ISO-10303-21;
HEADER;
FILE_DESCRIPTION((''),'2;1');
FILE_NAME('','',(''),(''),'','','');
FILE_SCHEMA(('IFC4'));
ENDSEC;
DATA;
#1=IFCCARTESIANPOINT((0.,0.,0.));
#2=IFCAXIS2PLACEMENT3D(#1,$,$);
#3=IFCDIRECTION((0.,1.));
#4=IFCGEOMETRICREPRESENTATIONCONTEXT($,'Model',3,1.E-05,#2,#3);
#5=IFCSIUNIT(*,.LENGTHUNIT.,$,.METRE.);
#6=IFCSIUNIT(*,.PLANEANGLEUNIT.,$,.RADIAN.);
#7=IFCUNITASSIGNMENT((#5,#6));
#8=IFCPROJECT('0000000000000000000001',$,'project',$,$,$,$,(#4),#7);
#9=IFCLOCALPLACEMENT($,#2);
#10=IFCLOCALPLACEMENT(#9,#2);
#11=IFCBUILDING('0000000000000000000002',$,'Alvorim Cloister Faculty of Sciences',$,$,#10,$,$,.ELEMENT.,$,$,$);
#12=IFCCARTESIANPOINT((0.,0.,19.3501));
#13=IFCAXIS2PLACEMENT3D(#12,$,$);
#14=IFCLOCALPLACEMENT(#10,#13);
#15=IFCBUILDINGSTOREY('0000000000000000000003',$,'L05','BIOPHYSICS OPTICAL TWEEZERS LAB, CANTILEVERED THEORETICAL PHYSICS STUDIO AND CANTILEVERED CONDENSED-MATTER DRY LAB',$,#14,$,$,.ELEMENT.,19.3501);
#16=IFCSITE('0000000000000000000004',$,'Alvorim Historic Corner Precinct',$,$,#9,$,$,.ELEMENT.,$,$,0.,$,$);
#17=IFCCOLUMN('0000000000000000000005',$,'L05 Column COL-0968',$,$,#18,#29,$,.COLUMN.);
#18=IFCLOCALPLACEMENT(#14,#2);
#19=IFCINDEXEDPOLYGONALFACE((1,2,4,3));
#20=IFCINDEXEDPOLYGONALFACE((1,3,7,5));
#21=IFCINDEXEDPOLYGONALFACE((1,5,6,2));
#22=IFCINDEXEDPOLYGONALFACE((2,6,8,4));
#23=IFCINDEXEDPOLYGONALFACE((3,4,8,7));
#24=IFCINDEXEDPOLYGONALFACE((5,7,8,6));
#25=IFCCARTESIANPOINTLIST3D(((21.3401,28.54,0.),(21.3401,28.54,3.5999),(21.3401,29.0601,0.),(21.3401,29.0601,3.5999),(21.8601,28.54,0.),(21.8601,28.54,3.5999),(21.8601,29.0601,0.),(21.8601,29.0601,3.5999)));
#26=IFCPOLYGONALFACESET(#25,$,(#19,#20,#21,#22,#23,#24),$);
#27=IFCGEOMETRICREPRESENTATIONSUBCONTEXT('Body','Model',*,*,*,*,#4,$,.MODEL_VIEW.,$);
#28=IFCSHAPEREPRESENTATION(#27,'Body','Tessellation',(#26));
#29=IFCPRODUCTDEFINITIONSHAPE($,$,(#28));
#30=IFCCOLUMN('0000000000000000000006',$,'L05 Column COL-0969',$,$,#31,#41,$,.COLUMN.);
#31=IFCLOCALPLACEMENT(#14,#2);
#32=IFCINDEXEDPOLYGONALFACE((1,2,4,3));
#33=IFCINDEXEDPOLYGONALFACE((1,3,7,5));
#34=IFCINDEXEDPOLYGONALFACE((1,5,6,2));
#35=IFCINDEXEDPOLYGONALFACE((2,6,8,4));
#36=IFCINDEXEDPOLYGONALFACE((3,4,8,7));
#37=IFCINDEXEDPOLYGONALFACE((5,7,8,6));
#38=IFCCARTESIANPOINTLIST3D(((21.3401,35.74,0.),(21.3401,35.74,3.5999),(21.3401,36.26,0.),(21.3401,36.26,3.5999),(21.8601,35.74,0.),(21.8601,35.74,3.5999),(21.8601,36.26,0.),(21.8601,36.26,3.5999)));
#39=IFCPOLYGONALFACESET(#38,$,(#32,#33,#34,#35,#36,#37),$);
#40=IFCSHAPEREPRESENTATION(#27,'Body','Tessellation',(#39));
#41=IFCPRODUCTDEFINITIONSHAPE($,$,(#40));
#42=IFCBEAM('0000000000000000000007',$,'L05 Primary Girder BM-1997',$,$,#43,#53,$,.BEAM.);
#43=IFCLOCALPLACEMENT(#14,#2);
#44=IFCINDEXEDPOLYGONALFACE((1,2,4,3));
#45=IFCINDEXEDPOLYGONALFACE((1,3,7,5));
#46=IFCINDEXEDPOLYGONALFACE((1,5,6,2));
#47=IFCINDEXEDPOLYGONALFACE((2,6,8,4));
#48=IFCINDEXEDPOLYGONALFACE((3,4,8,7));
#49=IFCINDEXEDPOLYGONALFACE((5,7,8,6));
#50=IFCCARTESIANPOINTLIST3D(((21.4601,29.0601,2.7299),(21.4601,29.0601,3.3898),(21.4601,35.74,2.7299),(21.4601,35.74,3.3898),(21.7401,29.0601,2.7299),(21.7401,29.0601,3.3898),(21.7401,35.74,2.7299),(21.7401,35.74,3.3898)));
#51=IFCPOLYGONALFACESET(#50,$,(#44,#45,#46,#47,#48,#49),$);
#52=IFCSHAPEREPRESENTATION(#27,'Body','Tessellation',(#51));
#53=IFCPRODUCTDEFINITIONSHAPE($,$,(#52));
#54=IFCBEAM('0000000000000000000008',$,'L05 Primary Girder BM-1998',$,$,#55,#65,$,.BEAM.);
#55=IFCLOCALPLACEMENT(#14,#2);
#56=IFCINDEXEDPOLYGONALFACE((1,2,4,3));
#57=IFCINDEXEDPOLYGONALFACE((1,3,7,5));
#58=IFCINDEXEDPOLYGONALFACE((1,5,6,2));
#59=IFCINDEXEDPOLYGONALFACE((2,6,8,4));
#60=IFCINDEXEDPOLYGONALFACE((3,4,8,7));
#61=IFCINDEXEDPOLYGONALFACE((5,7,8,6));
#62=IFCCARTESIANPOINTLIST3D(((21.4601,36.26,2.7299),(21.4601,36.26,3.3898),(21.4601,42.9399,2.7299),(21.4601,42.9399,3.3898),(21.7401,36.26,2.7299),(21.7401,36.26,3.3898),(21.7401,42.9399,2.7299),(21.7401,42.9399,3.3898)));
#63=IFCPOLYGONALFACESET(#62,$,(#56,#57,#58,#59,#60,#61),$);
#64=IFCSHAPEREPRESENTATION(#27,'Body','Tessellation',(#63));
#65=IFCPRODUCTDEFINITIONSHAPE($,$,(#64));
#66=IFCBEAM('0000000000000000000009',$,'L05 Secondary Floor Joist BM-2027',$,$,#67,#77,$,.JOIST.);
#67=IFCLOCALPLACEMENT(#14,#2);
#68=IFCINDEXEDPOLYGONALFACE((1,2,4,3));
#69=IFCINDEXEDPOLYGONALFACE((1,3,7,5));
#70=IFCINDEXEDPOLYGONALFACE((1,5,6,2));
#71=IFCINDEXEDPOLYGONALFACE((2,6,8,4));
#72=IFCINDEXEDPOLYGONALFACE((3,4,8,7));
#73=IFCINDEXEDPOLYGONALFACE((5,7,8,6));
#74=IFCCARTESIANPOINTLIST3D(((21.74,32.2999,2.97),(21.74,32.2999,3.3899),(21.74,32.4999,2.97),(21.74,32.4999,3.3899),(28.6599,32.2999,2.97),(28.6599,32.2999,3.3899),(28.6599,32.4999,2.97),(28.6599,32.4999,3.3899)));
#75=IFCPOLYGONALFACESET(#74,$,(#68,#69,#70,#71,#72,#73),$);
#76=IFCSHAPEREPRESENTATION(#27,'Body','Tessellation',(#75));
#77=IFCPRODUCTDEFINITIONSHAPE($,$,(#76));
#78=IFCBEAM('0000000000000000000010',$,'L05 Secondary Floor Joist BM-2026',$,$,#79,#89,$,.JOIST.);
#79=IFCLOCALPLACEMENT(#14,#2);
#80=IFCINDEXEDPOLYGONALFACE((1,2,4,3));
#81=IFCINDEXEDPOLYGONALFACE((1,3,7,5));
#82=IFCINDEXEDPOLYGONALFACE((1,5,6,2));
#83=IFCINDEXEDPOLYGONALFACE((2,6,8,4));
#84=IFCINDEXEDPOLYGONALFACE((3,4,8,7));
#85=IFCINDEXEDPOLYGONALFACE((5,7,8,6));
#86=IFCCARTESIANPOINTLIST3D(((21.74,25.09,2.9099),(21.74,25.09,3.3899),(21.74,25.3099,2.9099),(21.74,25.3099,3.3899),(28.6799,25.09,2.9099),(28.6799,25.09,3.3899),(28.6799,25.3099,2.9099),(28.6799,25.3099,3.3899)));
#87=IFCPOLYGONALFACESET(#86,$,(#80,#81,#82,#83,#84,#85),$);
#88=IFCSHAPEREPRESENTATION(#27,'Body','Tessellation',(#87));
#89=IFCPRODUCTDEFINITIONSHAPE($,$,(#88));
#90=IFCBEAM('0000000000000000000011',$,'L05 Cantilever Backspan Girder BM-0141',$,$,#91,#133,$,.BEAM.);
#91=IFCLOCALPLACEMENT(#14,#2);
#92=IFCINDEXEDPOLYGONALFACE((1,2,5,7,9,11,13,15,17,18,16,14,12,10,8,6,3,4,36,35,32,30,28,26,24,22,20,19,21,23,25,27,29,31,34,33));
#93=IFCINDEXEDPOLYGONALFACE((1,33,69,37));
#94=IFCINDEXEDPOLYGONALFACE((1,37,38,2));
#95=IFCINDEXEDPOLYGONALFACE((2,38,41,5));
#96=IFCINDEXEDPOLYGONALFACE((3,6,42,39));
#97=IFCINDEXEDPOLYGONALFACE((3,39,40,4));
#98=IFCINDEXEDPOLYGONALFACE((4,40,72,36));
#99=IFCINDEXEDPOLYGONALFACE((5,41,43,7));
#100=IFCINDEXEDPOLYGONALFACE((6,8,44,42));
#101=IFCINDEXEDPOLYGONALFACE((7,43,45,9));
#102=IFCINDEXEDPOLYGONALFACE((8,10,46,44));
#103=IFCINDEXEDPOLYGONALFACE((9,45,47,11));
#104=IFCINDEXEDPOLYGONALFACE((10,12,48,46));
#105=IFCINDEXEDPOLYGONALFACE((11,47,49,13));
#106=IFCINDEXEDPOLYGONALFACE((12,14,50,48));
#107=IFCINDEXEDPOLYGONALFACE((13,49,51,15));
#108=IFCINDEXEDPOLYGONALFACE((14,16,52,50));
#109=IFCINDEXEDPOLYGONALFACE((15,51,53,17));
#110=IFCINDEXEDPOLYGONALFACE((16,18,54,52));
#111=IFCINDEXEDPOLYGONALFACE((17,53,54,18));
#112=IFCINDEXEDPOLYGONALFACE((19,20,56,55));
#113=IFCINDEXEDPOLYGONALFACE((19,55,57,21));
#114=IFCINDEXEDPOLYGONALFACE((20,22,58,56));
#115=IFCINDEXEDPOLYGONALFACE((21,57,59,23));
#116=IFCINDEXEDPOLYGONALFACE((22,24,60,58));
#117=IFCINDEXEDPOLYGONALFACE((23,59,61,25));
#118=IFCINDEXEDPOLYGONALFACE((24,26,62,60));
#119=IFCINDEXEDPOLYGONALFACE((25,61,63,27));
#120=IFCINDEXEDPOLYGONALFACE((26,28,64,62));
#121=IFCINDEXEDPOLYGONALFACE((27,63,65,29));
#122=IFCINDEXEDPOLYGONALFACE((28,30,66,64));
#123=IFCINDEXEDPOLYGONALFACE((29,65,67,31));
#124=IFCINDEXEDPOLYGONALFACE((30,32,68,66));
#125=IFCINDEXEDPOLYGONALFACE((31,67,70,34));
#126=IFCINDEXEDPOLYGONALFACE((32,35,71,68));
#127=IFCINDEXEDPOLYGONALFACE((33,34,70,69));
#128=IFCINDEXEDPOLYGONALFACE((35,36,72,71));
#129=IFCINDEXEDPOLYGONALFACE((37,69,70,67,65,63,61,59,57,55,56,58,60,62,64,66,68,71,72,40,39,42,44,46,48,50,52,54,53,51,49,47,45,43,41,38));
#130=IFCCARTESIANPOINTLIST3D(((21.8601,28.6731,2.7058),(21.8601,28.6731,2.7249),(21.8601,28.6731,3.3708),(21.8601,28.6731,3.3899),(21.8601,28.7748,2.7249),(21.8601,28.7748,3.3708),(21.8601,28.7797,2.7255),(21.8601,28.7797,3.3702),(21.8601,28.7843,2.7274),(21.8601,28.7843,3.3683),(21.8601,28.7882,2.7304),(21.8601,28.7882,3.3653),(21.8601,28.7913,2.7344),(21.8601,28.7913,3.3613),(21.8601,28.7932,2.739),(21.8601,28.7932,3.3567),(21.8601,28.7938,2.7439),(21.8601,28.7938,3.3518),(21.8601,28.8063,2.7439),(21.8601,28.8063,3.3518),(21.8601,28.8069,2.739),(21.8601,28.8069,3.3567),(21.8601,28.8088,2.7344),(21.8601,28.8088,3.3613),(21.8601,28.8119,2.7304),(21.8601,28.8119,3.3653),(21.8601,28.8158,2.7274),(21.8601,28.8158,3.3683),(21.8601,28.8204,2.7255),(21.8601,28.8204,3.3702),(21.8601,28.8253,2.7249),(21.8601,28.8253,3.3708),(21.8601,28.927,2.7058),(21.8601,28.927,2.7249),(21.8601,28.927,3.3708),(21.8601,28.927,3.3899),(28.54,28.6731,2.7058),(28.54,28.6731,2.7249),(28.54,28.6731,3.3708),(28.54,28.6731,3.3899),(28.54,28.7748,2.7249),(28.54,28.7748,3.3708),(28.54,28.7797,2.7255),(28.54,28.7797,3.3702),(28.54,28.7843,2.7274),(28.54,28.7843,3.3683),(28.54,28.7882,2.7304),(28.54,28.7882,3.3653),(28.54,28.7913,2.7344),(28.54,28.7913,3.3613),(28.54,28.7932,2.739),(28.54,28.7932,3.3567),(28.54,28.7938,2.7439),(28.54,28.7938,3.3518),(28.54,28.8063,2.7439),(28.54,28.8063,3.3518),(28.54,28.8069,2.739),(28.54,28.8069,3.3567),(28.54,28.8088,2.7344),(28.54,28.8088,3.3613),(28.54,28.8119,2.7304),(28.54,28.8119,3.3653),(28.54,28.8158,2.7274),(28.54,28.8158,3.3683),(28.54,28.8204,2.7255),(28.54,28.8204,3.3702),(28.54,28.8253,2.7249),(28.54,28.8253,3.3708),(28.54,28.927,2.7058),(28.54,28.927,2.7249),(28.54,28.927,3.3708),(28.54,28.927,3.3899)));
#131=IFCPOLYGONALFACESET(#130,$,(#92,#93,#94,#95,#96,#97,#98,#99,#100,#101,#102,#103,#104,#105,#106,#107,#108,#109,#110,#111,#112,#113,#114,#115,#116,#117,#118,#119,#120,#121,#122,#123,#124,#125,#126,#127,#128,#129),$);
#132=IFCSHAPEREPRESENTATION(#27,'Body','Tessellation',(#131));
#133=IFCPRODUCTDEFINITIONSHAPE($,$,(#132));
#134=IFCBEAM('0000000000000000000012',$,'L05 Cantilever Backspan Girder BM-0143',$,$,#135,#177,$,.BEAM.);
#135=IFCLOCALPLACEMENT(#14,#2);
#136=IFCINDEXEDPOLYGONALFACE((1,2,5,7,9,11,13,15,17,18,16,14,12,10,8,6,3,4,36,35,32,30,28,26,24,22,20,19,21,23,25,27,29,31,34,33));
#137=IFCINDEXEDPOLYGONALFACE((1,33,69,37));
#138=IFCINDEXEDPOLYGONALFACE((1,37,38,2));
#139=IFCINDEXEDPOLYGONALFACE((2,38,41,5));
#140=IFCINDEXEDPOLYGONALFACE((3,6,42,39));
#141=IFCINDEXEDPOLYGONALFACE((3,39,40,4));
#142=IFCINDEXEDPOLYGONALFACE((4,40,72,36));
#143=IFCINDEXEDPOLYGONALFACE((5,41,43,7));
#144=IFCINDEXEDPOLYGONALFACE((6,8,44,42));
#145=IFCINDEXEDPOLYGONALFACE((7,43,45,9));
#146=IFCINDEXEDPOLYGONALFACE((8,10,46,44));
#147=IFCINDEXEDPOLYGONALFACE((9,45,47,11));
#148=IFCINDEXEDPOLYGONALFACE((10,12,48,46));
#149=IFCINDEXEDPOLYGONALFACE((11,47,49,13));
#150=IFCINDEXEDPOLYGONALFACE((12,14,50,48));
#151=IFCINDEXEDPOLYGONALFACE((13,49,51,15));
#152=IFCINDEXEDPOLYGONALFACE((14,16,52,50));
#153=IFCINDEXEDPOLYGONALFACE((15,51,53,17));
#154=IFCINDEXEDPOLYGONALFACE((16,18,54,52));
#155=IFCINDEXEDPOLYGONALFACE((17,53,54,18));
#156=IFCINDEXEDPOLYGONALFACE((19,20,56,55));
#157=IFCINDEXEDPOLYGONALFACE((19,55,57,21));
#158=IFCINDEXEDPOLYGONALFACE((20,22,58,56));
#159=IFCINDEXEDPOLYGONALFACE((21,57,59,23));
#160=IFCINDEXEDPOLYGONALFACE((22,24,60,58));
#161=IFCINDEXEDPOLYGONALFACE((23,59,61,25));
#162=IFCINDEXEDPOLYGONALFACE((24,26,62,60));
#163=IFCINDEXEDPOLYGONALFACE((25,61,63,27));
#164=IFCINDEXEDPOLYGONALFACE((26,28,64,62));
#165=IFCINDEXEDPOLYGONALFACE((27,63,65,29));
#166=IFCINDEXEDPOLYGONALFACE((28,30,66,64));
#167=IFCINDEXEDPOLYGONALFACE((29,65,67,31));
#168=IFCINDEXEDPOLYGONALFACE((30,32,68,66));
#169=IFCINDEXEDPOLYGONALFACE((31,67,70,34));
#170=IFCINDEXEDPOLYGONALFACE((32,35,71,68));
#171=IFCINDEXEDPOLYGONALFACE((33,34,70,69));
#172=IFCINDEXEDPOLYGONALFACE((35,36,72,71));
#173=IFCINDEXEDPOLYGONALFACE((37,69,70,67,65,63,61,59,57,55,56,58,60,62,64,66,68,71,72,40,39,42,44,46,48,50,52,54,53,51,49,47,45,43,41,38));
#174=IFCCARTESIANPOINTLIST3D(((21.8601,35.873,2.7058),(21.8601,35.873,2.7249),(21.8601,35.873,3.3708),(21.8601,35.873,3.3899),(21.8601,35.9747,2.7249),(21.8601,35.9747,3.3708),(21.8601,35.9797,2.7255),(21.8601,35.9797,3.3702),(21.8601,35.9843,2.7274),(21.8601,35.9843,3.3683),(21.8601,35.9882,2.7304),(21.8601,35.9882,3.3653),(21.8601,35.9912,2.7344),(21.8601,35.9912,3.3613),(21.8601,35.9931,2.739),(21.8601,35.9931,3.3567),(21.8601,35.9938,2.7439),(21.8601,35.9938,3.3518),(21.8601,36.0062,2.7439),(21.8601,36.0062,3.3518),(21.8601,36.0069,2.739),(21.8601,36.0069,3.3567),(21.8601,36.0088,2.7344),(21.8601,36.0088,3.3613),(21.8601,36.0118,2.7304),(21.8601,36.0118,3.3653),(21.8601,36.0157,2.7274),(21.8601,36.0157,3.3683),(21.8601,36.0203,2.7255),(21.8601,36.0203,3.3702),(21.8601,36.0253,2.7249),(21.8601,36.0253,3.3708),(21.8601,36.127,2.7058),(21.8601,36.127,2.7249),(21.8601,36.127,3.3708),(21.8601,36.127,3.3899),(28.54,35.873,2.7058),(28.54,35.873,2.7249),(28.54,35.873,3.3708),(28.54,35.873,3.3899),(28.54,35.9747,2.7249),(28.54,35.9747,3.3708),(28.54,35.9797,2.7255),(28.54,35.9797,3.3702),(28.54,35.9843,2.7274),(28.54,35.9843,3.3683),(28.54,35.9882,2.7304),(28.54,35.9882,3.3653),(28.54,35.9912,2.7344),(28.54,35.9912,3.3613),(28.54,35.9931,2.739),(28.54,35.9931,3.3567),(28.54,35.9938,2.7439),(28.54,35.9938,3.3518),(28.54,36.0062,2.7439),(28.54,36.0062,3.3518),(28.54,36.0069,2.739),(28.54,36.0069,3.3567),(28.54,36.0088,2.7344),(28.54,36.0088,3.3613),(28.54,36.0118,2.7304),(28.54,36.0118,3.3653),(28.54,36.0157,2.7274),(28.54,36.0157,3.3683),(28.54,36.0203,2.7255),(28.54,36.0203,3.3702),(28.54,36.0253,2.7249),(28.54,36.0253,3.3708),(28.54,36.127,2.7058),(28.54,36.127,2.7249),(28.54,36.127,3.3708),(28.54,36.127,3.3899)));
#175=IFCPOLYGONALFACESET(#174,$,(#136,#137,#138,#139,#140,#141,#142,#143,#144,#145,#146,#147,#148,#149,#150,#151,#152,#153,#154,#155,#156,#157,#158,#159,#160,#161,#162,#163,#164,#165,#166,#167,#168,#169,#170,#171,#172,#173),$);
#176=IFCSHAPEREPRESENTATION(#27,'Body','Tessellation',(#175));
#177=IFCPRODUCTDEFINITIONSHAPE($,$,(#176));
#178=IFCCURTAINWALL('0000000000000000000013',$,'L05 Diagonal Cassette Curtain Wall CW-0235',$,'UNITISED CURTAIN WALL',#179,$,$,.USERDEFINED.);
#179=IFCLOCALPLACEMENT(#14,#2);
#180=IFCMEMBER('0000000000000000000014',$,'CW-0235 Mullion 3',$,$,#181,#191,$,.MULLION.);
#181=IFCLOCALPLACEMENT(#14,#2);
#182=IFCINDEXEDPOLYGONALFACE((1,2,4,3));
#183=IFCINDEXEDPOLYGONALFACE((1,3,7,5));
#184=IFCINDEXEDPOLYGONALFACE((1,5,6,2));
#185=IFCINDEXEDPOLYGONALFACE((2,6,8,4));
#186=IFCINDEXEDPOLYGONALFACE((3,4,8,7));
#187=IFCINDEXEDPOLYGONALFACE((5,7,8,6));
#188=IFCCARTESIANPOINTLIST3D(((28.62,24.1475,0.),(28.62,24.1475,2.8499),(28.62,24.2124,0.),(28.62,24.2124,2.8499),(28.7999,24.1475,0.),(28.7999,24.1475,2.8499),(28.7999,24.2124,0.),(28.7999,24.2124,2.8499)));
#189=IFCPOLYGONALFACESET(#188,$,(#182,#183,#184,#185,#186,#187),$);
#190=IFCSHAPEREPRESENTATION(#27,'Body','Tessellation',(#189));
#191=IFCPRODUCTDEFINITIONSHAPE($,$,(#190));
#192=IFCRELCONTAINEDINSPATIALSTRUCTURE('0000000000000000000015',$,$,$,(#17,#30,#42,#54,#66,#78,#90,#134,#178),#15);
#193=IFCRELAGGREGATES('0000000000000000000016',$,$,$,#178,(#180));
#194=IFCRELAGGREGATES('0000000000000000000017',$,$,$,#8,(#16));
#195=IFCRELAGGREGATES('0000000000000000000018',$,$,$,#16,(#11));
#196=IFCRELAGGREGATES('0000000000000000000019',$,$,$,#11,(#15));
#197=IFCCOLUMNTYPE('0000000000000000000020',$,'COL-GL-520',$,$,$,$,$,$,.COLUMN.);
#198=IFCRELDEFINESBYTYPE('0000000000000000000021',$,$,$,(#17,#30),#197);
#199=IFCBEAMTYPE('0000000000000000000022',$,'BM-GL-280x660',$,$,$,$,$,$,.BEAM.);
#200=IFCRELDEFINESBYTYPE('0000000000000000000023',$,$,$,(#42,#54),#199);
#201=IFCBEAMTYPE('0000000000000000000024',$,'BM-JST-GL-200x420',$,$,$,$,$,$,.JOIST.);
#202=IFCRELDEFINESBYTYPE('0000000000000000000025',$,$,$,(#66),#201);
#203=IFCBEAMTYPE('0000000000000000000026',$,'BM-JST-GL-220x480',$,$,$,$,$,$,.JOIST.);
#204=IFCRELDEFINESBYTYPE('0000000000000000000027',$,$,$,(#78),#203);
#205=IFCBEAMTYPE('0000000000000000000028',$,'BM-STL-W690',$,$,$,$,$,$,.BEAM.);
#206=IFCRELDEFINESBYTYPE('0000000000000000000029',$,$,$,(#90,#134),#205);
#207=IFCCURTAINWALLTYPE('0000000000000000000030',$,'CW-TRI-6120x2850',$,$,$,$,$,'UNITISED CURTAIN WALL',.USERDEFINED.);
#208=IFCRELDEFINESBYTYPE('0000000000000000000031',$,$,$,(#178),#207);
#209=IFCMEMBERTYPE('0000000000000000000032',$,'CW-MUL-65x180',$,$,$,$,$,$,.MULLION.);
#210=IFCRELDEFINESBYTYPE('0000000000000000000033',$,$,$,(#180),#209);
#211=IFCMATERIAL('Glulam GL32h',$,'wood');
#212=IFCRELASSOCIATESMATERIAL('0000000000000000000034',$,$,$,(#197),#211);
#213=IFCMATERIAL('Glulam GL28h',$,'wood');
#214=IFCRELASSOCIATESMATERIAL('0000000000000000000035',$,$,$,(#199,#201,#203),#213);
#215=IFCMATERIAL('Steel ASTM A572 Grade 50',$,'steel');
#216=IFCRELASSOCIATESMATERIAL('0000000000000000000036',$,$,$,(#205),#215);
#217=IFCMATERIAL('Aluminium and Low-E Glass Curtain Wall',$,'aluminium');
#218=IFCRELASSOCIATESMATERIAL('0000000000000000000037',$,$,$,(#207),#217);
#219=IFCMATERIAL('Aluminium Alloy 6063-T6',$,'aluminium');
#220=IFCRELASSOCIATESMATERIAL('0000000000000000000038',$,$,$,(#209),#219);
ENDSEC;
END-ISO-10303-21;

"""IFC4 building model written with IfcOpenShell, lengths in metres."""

from ifc_helpers import new_model, si_unit, direction, frame, origin, origin_2d, place, context, subcontext, project, spatial, rectangle, i_section, extrude, material, material_profile, profile_set, type_object, element, aggregate, save


model = new_model("IFC4")

# Units and contexts
model_context = context("Model", 3, precision=1e-05, world=origin(), true_north=direction((0.0, 1.0)))
body_context = subcontext(model_context, "Body", "Model", "MODEL_VIEW")
ifc_project = project(units=[si_unit("LENGTHUNIT", "METRE"), si_unit("PLANEANGLEUNIT", "RADIAN")], contexts=[model_context])

# Site, building, storey
site_placement = place(None, origin())
site = spatial("IfcSite", under=ifc_project, at=site_placement, Name="Alvorim Historic Corner Precinct", CompositionType="ELEMENT", RefElevation=0.0)
building_placement = place(site_placement, origin())
building = spatial("IfcBuilding", under=site, at=building_placement, Name="Alvorim Cloister Faculty of Sciences", CompositionType="ELEMENT")
storey_placement = place(building_placement, frame((0.0, 0.0, 19.3501)))
storey = spatial("IfcBuildingStorey", under=building, at=storey_placement, Name="L05", Description="BIOPHYSICS OPTICAL TWEEZERS LAB, CANTILEVERED THEORETICAL PHYSICS STUDIO AND CANTILEVERED CONDENSED-MATTER DRY LAB", CompositionType="ELEMENT", Elevation=19.3501)

# Columns
ifc_material_1 = material(Name="Glulam GL32h", Category="wood")
ifc_material_profile_1 = material_profile(ifc_material_1, rectangle(XDim=0.52, YDim=0.52, at=origin_2d()), Name="GL32-COL-520x520")
ifc_profile_set_1 = profile_set([ifc_material_profile_1], Name="Glulam GL32h")
column_type = type_object("IfcColumnType", Name="COL-GL-520", PredefinedType="COLUMN", material=ifc_profile_set_1)
for number, where, z_axis, x_axis, name in (
    (1, (21.6001, 28.8, 0.0), (0.0, 0.0, 1.0), (1.0, 0.0, 0.0), "L05 Column COL-0968"),
    (2, (21.6001, 36.0, 0.0), (0.0, 0.0, 1.0), (1.0, 0.0, 0.0), "L05 Column COL-0969"),
):
    element("IfcColumn", number, at=place(storey_placement, frame(where, z_axis=z_axis, x_axis=x_axis)), inside=storey, type_object=column_type, Name=name, PredefinedType="COLUMN", context=body_context, shape_type="SweptSolid", body=[
        extrude(rectangle(XDim=0.52, YDim=0.52, at=origin_2d()), origin(), (0.0, 0.0, 1.0), 3.5999),
    ])

# Beams
ifc_material_2 = material(Name="Glulam GL28h", Category="wood")
ifc_material_profile_2 = material_profile(ifc_material_2, rectangle(XDim=0.28, YDim=0.6599, at=origin_2d()), Name="GL28-BM-280x660")
ifc_profile_set_2 = profile_set([ifc_material_profile_2], Name="Glulam GL28h")
beam_type_1 = type_object("IfcBeamType", Name="BM-GL-280x660", PredefinedType="BEAM", material=ifc_profile_set_2)
for number, where, z_axis, x_axis, name in (
    (3, (21.6001, 29.0601, 3.0598), (0.0, 1.0, 0.0), (-1.0, 0.0, 0.0), "L05 Primary Girder BM-1997"),
    (4, (21.6001, 36.26, 3.0598), (0.0, 1.0, 0.0), (-1.0, 0.0, 0.0), "L05 Primary Girder BM-1998"),
):
    element("IfcBeam", number, at=place(storey_placement, frame(where, z_axis=z_axis, x_axis=x_axis)), inside=storey, type_object=beam_type_1, Name=name, PredefinedType="BEAM", context=body_context, shape_type="SweptSolid", body=[
        extrude(rectangle(XDim=0.28, YDim=0.6599, at=origin_2d()), origin(), (0.0, 0.0, 1.0), 6.6799),
    ])
ifc_material_profile_3 = material_profile(ifc_material_2, rectangle(XDim=0.2, YDim=0.4199, at=origin_2d()), Name="GL28-JST-200x420")
ifc_profile_set_3 = profile_set([ifc_material_profile_3], Name="Glulam GL28h")
beam_type_2 = type_object("IfcBeamType", Name="BM-JST-GL-200x420", PredefinedType="JOIST", material=ifc_profile_set_3)
beam_1_placement = place(storey_placement, frame((21.74, 32.3999, 3.1799), z_axis=(1.0, 0.0, 0.0), x_axis=(0.0, 1.0, 0.0)))
element("IfcBeam", 5, at=beam_1_placement, inside=storey, type_object=beam_type_2, Name="L05 Secondary Floor Joist BM-2027", PredefinedType="JOIST", context=body_context, shape_type="SweptSolid", body=[
    extrude(rectangle(XDim=0.2, YDim=0.4199, at=origin_2d()), origin(), (0.0, 0.0, 1.0), 6.9199),
])
ifc_material_profile_4 = material_profile(ifc_material_2, rectangle(XDim=0.22, YDim=0.48, at=origin_2d()), Name="GL28-JST-220x480")
ifc_profile_set_4 = profile_set([ifc_material_profile_4], Name="Glulam GL28h")
beam_type_3 = type_object("IfcBeamType", Name="BM-JST-GL-220x480", PredefinedType="JOIST", material=ifc_profile_set_4)
beam_2_placement = place(storey_placement, frame((21.74, 25.2, 3.1499), z_axis=(1.0, 0.0, 0.0), x_axis=(0.0, 1.0, 0.0)))
element("IfcBeam", 6, at=beam_2_placement, inside=storey, type_object=beam_type_3, Name="L05 Secondary Floor Joist BM-2026", PredefinedType="JOIST", context=body_context, shape_type="SweptSolid", body=[
    extrude(rectangle(XDim=0.22, YDim=0.48, at=origin_2d()), origin(), (0.0, 0.0, 1.0), 6.9399),
])
ifc_material_3 = material(Name="Steel ASTM A572 Grade 50", Category="steel")
ifc_material_profile_5 = material_profile(ifc_material_3, i_section(OverallWidth=0.2539, OverallDepth=0.6841, WebThickness=0.0125, FlangeThickness=0.019, FilletRadius=0.019, at=origin_2d()), Name="W690x140.0")
ifc_profile_set_5 = profile_set([ifc_material_profile_5], Name="Steel ASTM A572 Grade 50")
beam_type_4 = type_object("IfcBeamType", Name="BM-STL-W690", PredefinedType="BEAM", material=ifc_profile_set_5)
for number, where, z_axis, x_axis, name in (
    (7, (21.8601, 28.8, 3.0479), (1.0, 0.0, 0.0), (0.0, 1.0, 0.0), "L05 Cantilever Backspan Girder BM-0141"),
    (8, (21.8601, 36.0, 3.0479), (1.0, 0.0, 0.0), (0.0, 1.0, 0.0), "L05 Cantilever Backspan Girder BM-0143"),
):
    element("IfcBeam", number, at=place(storey_placement, frame(where, z_axis=z_axis, x_axis=x_axis)), inside=storey, type_object=beam_type_4, Name=name, PredefinedType="BEAM", context=body_context, shape_type="SweptSolid", body=[
        extrude(i_section(OverallWidth=0.2539, OverallDepth=0.6841, WebThickness=0.0125, FlangeThickness=0.019, FilletRadius=0.019, at=origin_2d()), origin(), (0.0, 0.0, 1.0), 6.6799),
    ])

# Curtain wall, member
ifc_material_4 = material(Name="Aluminium and Low-E Glass Curtain Wall", Category="aluminium")
curtain_wall_type = type_object("IfcCurtainWallType", Name="CW-TRI-6120x2850", ElementType="UNITISED CURTAIN WALL", PredefinedType="USERDEFINED", material=ifc_material_4)
curtain_wall_placement = place(storey_placement, origin())
curtain_wall = element("IfcCurtainWall", 9, at=curtain_wall_placement, inside=storey, type_object=curtain_wall_type, Name="L05 Diagonal Cassette Curtain Wall CW-0235", ObjectType="UNITISED CURTAIN WALL", PredefinedType="USERDEFINED")
ifc_material_5 = material(Name="Aluminium Alloy 6063-T6", Category="aluminium")
ifc_material_profile_6 = material_profile(ifc_material_5, rectangle(XDim=0.0649, YDim=0.1799, at=origin_2d()), Name="ALU-MUL-65x180")
ifc_profile_set_6 = profile_set([ifc_material_profile_6], Name="Aluminium Alloy 6063-T6")
member_type = type_object("IfcMemberType", Name="CW-MUL-65x180", PredefinedType="MULLION", material=ifc_profile_set_6)
member_1_placement = place(storey_placement, frame((28.71, 24.1799, 0.0), z_axis=(0.0, 0.0, 1.0), x_axis=(0.0, 1.0, 0.0)))
member_1 = element("IfcMember", 10, at=member_1_placement, type_object=member_type, Name="CW-0235 Mullion 3", PredefinedType="MULLION", context=body_context, shape_type="SweptSolid", body=[
    extrude(rectangle(XDim=0.0649, YDim=0.1799, at=origin_2d()), origin(), (0.0, 0.0, 1.0), 2.8499),
])
aggregate(curtain_wall, [member_1])

save(model, "model.ifc")
